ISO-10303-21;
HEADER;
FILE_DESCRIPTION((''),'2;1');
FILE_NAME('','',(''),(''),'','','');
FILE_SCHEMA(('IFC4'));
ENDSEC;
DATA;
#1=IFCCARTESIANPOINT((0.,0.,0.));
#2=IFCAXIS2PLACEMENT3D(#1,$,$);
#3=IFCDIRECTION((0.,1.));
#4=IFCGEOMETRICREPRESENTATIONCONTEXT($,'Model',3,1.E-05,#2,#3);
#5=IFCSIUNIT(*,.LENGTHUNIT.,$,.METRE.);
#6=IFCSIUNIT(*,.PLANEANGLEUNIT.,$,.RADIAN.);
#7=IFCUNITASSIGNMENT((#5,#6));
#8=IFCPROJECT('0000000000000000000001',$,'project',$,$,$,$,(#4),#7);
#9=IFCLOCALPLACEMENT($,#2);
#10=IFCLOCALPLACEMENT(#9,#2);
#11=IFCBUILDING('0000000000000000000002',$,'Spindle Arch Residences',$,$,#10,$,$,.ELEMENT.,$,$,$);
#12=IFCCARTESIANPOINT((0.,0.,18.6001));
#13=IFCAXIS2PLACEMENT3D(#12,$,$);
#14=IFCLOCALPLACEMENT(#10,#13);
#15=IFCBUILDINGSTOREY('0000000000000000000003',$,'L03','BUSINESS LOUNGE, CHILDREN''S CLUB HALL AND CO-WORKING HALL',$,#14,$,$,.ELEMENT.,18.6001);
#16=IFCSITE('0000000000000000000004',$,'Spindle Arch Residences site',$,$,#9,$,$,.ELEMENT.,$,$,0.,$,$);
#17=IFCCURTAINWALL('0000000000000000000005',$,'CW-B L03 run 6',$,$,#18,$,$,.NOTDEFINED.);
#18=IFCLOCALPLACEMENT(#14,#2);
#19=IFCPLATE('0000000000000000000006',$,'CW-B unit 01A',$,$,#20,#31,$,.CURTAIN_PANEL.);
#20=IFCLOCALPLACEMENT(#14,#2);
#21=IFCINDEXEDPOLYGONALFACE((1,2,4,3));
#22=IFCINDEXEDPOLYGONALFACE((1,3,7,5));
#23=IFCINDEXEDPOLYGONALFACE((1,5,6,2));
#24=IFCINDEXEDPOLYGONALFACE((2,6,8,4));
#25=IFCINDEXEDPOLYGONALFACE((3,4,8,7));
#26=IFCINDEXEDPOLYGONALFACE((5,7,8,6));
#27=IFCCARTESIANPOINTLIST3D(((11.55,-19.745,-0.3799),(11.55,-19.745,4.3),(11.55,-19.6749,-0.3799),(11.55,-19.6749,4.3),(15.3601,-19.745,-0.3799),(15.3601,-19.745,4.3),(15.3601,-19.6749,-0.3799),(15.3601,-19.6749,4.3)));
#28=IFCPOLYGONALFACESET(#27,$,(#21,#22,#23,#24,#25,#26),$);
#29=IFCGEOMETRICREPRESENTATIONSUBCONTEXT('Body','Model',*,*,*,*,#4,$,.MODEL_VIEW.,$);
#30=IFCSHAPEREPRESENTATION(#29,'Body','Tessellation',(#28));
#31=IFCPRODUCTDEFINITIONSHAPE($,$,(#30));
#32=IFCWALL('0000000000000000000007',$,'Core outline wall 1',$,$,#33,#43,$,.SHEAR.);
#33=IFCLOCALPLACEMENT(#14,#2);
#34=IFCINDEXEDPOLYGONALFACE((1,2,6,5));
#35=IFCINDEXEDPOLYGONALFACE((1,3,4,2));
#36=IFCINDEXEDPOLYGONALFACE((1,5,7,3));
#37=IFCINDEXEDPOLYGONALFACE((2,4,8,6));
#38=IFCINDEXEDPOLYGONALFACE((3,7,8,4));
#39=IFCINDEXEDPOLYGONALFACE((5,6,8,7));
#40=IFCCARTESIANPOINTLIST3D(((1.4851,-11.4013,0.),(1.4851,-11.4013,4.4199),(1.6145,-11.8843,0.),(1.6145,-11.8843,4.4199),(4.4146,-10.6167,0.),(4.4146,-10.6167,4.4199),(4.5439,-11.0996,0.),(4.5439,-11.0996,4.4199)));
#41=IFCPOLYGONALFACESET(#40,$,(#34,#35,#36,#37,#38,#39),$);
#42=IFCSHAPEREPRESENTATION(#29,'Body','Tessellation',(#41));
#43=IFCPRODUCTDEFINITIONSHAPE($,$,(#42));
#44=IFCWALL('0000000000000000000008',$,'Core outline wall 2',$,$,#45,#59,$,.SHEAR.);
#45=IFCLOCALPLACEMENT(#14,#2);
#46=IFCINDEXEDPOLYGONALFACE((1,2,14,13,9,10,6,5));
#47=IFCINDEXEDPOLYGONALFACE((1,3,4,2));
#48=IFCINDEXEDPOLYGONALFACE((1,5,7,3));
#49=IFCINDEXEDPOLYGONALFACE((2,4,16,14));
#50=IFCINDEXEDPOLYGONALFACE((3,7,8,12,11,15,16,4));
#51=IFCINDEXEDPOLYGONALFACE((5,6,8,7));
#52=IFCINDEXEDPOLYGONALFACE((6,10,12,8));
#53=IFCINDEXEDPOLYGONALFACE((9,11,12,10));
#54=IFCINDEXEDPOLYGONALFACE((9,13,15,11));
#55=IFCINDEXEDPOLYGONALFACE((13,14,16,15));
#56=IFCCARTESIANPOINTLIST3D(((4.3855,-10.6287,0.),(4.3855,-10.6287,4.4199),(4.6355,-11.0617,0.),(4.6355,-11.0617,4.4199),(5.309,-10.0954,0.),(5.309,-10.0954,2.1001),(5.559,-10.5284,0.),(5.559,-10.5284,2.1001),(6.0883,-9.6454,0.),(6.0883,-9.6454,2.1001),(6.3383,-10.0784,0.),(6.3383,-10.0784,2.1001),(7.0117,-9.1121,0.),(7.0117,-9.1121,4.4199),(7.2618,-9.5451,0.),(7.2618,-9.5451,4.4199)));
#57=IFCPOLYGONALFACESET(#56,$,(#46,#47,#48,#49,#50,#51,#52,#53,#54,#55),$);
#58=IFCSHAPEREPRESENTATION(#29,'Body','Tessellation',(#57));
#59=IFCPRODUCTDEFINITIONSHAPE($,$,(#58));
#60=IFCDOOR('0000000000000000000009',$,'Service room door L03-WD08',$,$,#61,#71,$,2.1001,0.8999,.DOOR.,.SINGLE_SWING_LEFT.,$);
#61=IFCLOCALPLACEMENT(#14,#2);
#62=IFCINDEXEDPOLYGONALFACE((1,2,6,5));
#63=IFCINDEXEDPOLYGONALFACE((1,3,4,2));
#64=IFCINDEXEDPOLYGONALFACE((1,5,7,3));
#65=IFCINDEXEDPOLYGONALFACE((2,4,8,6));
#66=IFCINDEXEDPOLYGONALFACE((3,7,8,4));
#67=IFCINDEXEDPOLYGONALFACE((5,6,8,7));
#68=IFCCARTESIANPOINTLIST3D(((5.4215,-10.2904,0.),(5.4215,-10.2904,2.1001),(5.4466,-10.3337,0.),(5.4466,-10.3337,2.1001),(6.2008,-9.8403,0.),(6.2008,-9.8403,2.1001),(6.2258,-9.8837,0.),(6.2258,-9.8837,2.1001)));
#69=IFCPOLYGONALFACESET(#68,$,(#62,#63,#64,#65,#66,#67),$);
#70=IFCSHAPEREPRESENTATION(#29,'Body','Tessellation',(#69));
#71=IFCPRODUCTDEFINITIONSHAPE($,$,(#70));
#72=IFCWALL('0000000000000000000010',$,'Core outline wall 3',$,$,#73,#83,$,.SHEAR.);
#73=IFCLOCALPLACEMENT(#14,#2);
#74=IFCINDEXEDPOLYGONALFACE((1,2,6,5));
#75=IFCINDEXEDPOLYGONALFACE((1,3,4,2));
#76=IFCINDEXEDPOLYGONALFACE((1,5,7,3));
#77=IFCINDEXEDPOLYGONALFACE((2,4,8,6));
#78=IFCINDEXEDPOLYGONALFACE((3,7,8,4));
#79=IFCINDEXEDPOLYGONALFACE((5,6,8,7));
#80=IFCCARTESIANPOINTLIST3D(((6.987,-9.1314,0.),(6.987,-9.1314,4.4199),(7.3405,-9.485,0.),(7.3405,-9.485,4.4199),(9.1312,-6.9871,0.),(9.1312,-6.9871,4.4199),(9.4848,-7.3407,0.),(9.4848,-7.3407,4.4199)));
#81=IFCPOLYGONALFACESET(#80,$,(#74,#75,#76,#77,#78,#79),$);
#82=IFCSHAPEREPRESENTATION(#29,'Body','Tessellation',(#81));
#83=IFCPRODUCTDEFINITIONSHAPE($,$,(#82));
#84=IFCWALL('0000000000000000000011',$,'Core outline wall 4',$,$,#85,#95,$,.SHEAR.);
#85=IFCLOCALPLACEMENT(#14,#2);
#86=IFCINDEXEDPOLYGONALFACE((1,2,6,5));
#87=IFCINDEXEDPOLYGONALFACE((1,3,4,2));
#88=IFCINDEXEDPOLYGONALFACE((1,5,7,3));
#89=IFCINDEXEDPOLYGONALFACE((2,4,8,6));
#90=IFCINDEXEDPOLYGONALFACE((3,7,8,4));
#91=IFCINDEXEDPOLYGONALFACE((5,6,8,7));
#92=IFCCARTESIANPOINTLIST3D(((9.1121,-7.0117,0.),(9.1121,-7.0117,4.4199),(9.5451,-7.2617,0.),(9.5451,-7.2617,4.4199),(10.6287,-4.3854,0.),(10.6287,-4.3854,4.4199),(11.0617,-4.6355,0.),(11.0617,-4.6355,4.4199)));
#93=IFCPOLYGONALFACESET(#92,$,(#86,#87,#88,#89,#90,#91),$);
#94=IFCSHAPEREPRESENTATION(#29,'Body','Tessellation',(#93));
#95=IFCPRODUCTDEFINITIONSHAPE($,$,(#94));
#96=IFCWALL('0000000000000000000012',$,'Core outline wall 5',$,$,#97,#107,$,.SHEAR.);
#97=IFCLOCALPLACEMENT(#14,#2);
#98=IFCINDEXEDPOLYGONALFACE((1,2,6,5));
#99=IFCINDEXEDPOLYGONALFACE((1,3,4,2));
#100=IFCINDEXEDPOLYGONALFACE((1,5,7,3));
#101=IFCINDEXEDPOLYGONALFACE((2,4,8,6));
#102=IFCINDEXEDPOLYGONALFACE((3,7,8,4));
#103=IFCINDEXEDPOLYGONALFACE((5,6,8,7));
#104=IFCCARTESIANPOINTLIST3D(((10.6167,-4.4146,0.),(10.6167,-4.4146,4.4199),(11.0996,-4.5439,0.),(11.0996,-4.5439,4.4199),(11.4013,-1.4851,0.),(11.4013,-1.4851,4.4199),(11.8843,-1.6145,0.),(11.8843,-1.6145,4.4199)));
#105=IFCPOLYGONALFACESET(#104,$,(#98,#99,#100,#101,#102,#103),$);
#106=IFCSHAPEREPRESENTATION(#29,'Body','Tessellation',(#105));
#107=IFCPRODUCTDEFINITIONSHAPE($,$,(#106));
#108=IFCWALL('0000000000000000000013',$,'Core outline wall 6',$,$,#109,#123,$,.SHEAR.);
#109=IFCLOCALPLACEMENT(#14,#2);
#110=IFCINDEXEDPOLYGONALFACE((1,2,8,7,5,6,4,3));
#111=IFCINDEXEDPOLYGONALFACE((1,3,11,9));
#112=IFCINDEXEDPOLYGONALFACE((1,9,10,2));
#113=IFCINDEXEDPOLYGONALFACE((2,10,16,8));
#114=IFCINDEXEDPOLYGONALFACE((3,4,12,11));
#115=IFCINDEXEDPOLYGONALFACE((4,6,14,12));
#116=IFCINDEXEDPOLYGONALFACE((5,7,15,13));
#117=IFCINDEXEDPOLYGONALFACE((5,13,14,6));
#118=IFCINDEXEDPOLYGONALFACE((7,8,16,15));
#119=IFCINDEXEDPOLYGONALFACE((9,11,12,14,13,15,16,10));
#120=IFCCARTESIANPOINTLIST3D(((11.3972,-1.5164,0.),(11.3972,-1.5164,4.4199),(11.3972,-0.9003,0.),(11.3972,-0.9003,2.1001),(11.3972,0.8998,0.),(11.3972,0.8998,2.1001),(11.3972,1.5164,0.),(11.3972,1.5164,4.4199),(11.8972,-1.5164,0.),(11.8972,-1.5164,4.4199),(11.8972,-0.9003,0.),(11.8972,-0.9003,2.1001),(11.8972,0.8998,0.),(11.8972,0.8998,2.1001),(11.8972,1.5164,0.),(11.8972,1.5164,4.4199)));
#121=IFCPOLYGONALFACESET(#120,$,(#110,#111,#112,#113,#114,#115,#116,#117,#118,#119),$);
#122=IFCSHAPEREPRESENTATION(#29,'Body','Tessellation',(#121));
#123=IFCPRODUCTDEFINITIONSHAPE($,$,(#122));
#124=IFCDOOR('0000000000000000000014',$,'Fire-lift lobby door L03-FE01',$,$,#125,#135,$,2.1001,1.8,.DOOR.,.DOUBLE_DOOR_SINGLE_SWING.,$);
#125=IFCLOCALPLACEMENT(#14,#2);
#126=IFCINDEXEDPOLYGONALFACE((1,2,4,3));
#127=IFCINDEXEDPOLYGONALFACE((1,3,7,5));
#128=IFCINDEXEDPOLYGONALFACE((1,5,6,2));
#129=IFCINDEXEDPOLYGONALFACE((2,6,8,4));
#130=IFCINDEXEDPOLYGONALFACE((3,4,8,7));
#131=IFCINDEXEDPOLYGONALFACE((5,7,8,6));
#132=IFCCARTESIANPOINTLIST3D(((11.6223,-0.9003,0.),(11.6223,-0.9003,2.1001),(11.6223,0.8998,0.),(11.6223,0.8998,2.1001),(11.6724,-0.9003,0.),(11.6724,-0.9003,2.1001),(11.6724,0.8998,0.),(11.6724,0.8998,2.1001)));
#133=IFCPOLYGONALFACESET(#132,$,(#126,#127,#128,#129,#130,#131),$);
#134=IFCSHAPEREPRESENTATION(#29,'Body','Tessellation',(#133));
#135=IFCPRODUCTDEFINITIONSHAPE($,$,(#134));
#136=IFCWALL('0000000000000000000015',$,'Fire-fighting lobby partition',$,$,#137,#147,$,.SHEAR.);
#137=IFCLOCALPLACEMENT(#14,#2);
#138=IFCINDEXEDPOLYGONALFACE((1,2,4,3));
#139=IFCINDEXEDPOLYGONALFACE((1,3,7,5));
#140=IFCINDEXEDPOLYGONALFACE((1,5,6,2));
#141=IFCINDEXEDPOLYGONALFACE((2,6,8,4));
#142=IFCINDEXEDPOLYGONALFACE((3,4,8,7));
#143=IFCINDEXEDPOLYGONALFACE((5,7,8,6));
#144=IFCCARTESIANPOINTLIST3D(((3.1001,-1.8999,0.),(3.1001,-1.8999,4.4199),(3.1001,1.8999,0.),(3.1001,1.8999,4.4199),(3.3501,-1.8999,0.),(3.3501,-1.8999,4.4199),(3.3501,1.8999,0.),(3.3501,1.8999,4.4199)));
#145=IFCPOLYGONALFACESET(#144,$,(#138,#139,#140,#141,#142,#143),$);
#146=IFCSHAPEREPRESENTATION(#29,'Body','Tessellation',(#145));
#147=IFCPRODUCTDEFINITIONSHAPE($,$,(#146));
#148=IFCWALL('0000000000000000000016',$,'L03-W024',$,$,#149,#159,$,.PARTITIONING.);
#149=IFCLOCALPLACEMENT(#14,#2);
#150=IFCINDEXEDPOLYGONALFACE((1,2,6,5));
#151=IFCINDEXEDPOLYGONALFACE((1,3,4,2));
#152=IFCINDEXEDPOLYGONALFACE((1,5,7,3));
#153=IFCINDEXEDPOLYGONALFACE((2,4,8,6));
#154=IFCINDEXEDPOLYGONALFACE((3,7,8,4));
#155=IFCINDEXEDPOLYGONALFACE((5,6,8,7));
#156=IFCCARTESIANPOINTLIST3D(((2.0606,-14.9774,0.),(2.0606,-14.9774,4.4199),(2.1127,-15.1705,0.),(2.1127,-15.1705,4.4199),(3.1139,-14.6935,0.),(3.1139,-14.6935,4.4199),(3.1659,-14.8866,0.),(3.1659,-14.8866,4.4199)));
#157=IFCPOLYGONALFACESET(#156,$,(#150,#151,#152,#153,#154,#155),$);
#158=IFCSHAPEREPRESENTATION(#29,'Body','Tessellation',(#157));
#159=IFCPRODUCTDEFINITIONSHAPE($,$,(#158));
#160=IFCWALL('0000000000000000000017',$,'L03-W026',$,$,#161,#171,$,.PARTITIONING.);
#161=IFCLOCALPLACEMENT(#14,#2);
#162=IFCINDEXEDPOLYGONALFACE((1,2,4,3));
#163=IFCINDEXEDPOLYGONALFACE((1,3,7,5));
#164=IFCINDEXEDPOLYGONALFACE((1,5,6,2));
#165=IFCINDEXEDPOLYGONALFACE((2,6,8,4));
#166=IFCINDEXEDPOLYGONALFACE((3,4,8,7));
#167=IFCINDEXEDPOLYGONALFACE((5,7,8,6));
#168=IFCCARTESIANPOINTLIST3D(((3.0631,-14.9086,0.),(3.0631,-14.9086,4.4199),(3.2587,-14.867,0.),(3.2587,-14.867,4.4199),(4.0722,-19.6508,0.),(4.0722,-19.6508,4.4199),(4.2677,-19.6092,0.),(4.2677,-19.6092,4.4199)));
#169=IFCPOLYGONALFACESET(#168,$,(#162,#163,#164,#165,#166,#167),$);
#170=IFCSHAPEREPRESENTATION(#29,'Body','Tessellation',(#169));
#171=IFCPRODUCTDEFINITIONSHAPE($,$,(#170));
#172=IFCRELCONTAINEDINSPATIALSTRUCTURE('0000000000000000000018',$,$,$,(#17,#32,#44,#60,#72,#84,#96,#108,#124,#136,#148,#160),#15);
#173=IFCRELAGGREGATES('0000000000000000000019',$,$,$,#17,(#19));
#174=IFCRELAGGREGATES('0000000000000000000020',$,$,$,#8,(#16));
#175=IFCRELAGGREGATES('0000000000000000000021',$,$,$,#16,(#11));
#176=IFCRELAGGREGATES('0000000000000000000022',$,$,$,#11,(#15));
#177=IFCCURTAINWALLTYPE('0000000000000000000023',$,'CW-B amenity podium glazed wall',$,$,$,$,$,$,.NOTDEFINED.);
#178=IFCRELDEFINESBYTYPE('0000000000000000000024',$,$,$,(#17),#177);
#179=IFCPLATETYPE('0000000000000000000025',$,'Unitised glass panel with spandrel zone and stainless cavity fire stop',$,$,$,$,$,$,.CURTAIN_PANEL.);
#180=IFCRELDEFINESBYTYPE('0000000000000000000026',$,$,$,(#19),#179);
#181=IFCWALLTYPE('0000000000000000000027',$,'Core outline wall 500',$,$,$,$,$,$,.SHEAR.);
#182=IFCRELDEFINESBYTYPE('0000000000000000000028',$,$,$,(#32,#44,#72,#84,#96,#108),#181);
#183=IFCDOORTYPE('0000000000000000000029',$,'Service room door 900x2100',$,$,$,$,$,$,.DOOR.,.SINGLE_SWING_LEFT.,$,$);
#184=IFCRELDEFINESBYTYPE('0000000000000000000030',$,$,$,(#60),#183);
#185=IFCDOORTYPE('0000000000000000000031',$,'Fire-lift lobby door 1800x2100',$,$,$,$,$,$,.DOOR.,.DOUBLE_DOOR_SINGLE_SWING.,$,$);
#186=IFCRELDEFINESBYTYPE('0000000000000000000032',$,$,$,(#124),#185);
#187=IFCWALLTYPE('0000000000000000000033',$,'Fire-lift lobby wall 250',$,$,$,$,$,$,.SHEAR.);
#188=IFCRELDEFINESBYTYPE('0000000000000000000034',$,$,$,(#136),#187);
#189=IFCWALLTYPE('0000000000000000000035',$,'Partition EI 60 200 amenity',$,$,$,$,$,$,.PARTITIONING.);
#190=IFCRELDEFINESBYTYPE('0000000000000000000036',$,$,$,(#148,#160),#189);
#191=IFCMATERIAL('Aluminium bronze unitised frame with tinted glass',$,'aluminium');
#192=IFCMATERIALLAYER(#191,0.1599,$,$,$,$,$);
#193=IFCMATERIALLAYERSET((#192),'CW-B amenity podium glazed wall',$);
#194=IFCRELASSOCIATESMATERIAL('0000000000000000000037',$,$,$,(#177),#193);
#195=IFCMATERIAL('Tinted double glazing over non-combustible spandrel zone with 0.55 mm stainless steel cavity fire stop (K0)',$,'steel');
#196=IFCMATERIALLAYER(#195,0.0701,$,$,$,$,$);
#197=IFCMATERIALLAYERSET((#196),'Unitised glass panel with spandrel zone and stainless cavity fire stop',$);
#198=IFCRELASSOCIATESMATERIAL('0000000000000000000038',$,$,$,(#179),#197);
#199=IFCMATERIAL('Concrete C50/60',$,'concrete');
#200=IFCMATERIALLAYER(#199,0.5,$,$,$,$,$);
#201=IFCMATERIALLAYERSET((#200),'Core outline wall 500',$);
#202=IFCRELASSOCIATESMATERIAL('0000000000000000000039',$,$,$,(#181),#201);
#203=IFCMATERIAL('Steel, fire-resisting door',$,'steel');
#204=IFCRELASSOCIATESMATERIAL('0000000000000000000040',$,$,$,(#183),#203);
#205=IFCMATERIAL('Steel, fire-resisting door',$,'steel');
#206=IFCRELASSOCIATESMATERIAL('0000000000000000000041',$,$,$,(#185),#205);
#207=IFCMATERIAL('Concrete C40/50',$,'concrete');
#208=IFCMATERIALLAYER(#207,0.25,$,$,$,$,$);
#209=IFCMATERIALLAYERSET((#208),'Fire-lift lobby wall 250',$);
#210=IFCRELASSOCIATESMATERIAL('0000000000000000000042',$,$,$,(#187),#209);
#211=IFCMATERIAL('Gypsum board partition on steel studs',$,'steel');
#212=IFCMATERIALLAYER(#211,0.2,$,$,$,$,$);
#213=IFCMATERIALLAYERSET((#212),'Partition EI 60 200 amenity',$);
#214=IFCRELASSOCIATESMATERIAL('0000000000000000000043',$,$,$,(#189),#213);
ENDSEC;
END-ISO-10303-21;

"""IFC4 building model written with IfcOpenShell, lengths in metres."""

from ifc_helpers import new_model, si_unit, direction, frame, frame_2d, origin, origin_2d, place, context, subcontext, project, spatial, rectangle, extrude, material, layer, layer_set, type_object, element, fill, aggregate, save


model = new_model("IFC4")

# Units and contexts
model_context = context("Model", 3, precision=1e-05, world=origin(), true_north=direction((0.0, 1.0)))
body_context = subcontext(model_context, "Body", "Model", "MODEL_VIEW")
ifc_project = project(units=[si_unit("LENGTHUNIT", "METRE"), si_unit("PLANEANGLEUNIT", "RADIAN")], contexts=[model_context])

# Site, building, storey
site_placement = place(None, origin())
site = spatial("IfcSite", under=ifc_project, at=site_placement, Name="Spindle Arch Residences site", CompositionType="ELEMENT", RefElevation=0.0)
building_placement = place(site_placement, origin())
building = spatial("IfcBuilding", under=site, at=building_placement, Name="Spindle Arch Residences", CompositionType="ELEMENT")
storey_placement = place(building_placement, frame((0.0, 0.0, 18.6001)))
storey = spatial("IfcBuildingStorey", under=building, at=storey_placement, Name="L03", Description="BUSINESS LOUNGE, CHILDREN'S CLUB HALL AND CO-WORKING HALL", CompositionType="ELEMENT", Elevation=18.6001)

# Curtain wall, plate
ifc_material_1 = material(Name="Aluminium bronze unitised frame with tinted glass", Category="aluminium")
ifc_layer_1 = layer(ifc_material_1, 0.1599)
ifc_layer_set_1 = layer_set([ifc_layer_1], Name="CW-B amenity podium glazed wall")
curtain_wall_type = type_object("IfcCurtainWallType", Name="CW-B amenity podium glazed wall", PredefinedType="NOTDEFINED", material=ifc_layer_set_1)
curtain_wall_placement = place(storey_placement, origin())
curtain_wall = element("IfcCurtainWall", 1, at=curtain_wall_placement, inside=storey, type_object=curtain_wall_type, Name="CW-B L03 run 6", PredefinedType="NOTDEFINED")
ifc_material_2 = material(Name="Tinted double glazing over non-combustible spandrel zone with 0.55 mm stainless steel cavity fire stop (K0)", Category="steel")
ifc_layer_2 = layer(ifc_material_2, 0.0701)
ifc_layer_set_2 = layer_set([ifc_layer_2], Name="Unitised glass panel with spandrel zone and stainless cavity fire stop")
plate_type = type_object("IfcPlateType", Name="Unitised glass panel with spandrel zone and stainless cavity fire stop", PredefinedType="CURTAIN_PANEL", material=ifc_layer_set_2)
plate_placement = place(storey_placement, frame((13.4551, -19.71, -0.3799), z_axis=(0.0, 0.0, 1.0), x_axis=(1.0, 0.0, 0.0)))
plate = element("IfcPlate", 2, at=plate_placement, type_object=plate_type, Name="CW-B unit 01A", PredefinedType="CURTAIN_PANEL", context=body_context, shape_type="SweptSolid", body=[
    extrude(rectangle(XDim=3.8101, YDim=0.0701, at=origin_2d()), origin(), (0.0, 0.0, 1.0), 4.6799),
])
aggregate(curtain_wall, [plate])

# Wall
ifc_material_3 = material(Name="Concrete C50/60", Category="concrete")
ifc_layer_3 = layer(ifc_material_3, 0.5)
ifc_layer_set_3 = layer_set([ifc_layer_3], Name="Core outline wall 500")
wall_type_1 = type_object("IfcWallType", Name="Core outline wall 500", PredefinedType="SHEAR", material=ifc_layer_set_3)
wall_1_placement = place(storey_placement, frame((1.5498, -11.6428, 0.0), z_axis=(0.0, 0.0, 1.0), x_axis=(0.965948, 0.258735, 0.0)))
element("IfcWall", 3, at=wall_1_placement, inside=storey, type_object=wall_type_1, Name="Core outline wall 1", PredefinedType="SHEAR", context=body_context, shape_type="SweptSolid", body=[
    extrude(rectangle(XDim=3.0327, YDim=0.5, at=frame_2d((1.5164, 0.0))), origin(), (0.0, 0.0, 1.0), 4.4199),
])

# Wall, opening, door
wall_2_placement = place(storey_placement, frame((4.5105, -10.8452, 0.0), z_axis=(0.0, 0.0, 1.0), x_axis=(0.865975, 0.500087, 0.0)))
wall_2 = element("IfcWall", 4, at=wall_2_placement, inside=storey, type_object=wall_type_1, Name="Core outline wall 2", PredefinedType="SHEAR", context=body_context, shape_type="SweptSolid", body=[
    extrude(rectangle(XDim=3.0327, YDim=0.5, at=frame_2d((1.5164, 0.0))), origin(), (0.0, 0.0, 1.0), 4.4199),
])
opening_1_placement = place(wall_2_placement, frame((1.0664, 0.0, 0.0)))
opening_1 = element("IfcOpeningElement", 5, at=opening_1_placement, cuts=wall_2, PredefinedType="OPENING", context=body_context, shape_type="SweptSolid", body=[
    extrude(rectangle(XDim=0.8999, YDim=2.1001, at=frame_2d((0.45, 1.05))), frame((0.0, 0.26, 0.0), z_axis=(0.0, -1.0, 0.0), x_axis=(1.0, 0.0, 0.0)), (0.0, 0.0, 1.0), 0.52),
])
ifc_material_4 = material(Name="Steel, fire-resisting door", Category="steel")
door_type_1 = type_object("IfcDoorType", Name="Service room door 900x2100", OperationType="SINGLE_SWING_LEFT", PredefinedType="DOOR", material=ifc_material_4)
door_1_placement = place(opening_1_placement, origin())
door_1 = element("IfcDoor", 6, at=door_1_placement, inside=storey, type_object=door_type_1, Name="Service room door L03-WD08", OperationType="SINGLE_SWING_LEFT", OverallHeight=2.1001, OverallWidth=0.8999, PredefinedType="DOOR", context=body_context, shape_type="SweptSolid", body=[
    extrude(rectangle(XDim=0.8999, YDim=2.1001, at=frame_2d((0.45, 1.05))), frame((0.0, 0.0249, 0.0), z_axis=(0.0, -1.0, 0.0), x_axis=(1.0, 0.0, 0.0)), (0.0, 0.0, 1.0), 0.05),
])
fill(opening_1, door_1)

# Walls
wall_3_placement = place(storey_placement, frame((7.1638, -9.3081, 0.0), z_axis=(0.0, 0.0, 1.0), x_axis=(0.707107, 0.707107, 0.0)))
element("IfcWall", 7, at=wall_3_placement, inside=storey, type_object=wall_type_1, Name="Core outline wall 3", PredefinedType="SHEAR", context=body_context, shape_type="SweptSolid", body=[
    extrude(rectangle(XDim=3.0325, YDim=0.5, at=frame_2d((1.5161, 0.0))), origin(), (0.0, 0.0, 1.0), 4.4199),
])
for number, where, z_axis, x_axis, name in (
    (8, (9.3286, -7.1367, 0.0), (0.0, 0.0, 1.0), (0.500087, 0.865975, 0.0), "Core outline wall 4"),
    (9, (10.8582, -4.4792, 0.0), (0.0, 0.0, 1.0), (0.258735, 0.965948, 0.0), "Core outline wall 5"),
):
    element("IfcWall", number, at=place(storey_placement, frame(where, z_axis=z_axis, x_axis=x_axis)), inside=storey, type_object=wall_type_1, Name=name, PredefinedType="SHEAR", context=body_context, shape_type="SweptSolid", body=[
        extrude(rectangle(XDim=3.0327, YDim=0.5, at=frame_2d((1.5164, 0.0))), origin(), (0.0, 0.0, 1.0), 4.4199),
    ])

# Wall, opening, door
wall_4_placement = place(storey_placement, frame((11.6472, -1.5164, 0.0), z_axis=(0.0, 0.0, 1.0), x_axis=(0.0, 1.0, 0.0)))
wall_4 = element("IfcWall", 10, at=wall_4_placement, inside=storey, type_object=wall_type_1, Name="Core outline wall 6", PredefinedType="SHEAR", context=body_context, shape_type="SweptSolid", body=[
    extrude(rectangle(XDim=3.0327, YDim=0.5, at=frame_2d((1.5164, 0.0))), origin(), (0.0, 0.0, 1.0), 4.4199),
])
opening_2_placement = place(wall_4_placement, frame((0.6162, 0.0, 0.0)))
opening_2 = element("IfcOpeningElement", 11, at=opening_2_placement, cuts=wall_4, PredefinedType="OPENING", context=body_context, shape_type="SweptSolid", body=[
    extrude(rectangle(XDim=1.8, YDim=2.1001, at=frame_2d((0.8999, 1.05))), frame((0.0, 0.26, 0.0), z_axis=(0.0, -1.0, 0.0), x_axis=(1.0, 0.0, 0.0)), (0.0, 0.0, 1.0), 0.52),
])
ifc_material_5 = material(Name="Steel, fire-resisting door", Category="steel")
door_type_2 = type_object("IfcDoorType", Name="Fire-lift lobby door 1800x2100", OperationType="DOUBLE_DOOR_SINGLE_SWING", PredefinedType="DOOR", material=ifc_material_5)
door_2_placement = place(opening_2_placement, origin())
door_2 = element("IfcDoor", 12, at=door_2_placement, inside=storey, type_object=door_type_2, Name="Fire-lift lobby door L03-FE01", OperationType="DOUBLE_DOOR_SINGLE_SWING", OverallHeight=2.1001, OverallWidth=1.8, PredefinedType="DOOR", context=body_context, shape_type="SweptSolid", body=[
    extrude(rectangle(XDim=1.8, YDim=2.1001, at=frame_2d((0.8999, 1.05))), frame((0.0, 0.0249, 0.0), z_axis=(0.0, -1.0, 0.0), x_axis=(1.0, 0.0, 0.0)), (0.0, 0.0, 1.0), 0.05),
])
fill(opening_2, door_2)

# Wall
ifc_material_6 = material(Name="Concrete C40/50", Category="concrete")
ifc_layer_4 = layer(ifc_material_6, 0.25)
ifc_layer_set_4 = layer_set([ifc_layer_4], Name="Fire-lift lobby wall 250")
wall_type_2 = type_object("IfcWallType", Name="Fire-lift lobby wall 250", PredefinedType="SHEAR", material=ifc_layer_set_4)
wall_5_placement = place(storey_placement, frame((3.2251, -1.8999, 0.0), z_axis=(0.0, 0.0, 1.0), x_axis=(0.0, 1.0, 0.0)))
element("IfcWall", 13, at=wall_5_placement, inside=storey, type_object=wall_type_2, Name="Fire-fighting lobby partition", PredefinedType="SHEAR", context=body_context, shape_type="SweptSolid", body=[
    extrude(rectangle(XDim=3.7998, YDim=0.25, at=frame_2d((1.8999, 0.0))), origin(), (0.0, 0.0, 1.0), 4.4199),
])

# Walls
ifc_material_7 = material(Name="Gypsum board partition on steel studs", Category="steel")
ifc_layer_5 = layer(ifc_material_7, 0.2)
ifc_layer_set_5 = layer_set([ifc_layer_5], Name="Partition EI 60 200 amenity")
wall_type_3 = type_object("IfcWallType", Name="Partition EI 60 200 amenity", PredefinedType="PARTITIONING", material=ifc_layer_set_5)
wall_6_placement = place(storey_placement, frame((2.0867, -15.074, 0.0), z_axis=(0.0, 0.0, 1.0), x_axis=(0.965529, 0.260295, 0.0)))
element("IfcWall", 14, at=wall_6_placement, inside=storey, type_object=wall_type_3, Name="L03-W024", PredefinedType="PARTITIONING", context=body_context, shape_type="SweptSolid", body=[
    extrude(rectangle(XDim=1.0908, YDim=0.2, at=frame_2d((0.5454, 0.0))), origin(), (0.0, 0.0, 1.0), 4.4199),
])
wall_7_placement = place(storey_placement, frame((3.1609, -14.8877, 0.0), z_axis=(0.0, 0.0, 1.0), x_axis=(0.208119, -0.978104, 0.0)))
element("IfcWall", 15, at=wall_7_placement, inside=storey, type_object=wall_type_3, Name="L03-W026", PredefinedType="PARTITIONING", context=body_context, shape_type="SweptSolid", body=[
    extrude(rectangle(XDim=4.8484, YDim=0.2, at=frame_2d((2.4243, 0.0))), origin(), (0.0, 0.0, 1.0), 4.4199),
])

save(model, "model.ifc")
